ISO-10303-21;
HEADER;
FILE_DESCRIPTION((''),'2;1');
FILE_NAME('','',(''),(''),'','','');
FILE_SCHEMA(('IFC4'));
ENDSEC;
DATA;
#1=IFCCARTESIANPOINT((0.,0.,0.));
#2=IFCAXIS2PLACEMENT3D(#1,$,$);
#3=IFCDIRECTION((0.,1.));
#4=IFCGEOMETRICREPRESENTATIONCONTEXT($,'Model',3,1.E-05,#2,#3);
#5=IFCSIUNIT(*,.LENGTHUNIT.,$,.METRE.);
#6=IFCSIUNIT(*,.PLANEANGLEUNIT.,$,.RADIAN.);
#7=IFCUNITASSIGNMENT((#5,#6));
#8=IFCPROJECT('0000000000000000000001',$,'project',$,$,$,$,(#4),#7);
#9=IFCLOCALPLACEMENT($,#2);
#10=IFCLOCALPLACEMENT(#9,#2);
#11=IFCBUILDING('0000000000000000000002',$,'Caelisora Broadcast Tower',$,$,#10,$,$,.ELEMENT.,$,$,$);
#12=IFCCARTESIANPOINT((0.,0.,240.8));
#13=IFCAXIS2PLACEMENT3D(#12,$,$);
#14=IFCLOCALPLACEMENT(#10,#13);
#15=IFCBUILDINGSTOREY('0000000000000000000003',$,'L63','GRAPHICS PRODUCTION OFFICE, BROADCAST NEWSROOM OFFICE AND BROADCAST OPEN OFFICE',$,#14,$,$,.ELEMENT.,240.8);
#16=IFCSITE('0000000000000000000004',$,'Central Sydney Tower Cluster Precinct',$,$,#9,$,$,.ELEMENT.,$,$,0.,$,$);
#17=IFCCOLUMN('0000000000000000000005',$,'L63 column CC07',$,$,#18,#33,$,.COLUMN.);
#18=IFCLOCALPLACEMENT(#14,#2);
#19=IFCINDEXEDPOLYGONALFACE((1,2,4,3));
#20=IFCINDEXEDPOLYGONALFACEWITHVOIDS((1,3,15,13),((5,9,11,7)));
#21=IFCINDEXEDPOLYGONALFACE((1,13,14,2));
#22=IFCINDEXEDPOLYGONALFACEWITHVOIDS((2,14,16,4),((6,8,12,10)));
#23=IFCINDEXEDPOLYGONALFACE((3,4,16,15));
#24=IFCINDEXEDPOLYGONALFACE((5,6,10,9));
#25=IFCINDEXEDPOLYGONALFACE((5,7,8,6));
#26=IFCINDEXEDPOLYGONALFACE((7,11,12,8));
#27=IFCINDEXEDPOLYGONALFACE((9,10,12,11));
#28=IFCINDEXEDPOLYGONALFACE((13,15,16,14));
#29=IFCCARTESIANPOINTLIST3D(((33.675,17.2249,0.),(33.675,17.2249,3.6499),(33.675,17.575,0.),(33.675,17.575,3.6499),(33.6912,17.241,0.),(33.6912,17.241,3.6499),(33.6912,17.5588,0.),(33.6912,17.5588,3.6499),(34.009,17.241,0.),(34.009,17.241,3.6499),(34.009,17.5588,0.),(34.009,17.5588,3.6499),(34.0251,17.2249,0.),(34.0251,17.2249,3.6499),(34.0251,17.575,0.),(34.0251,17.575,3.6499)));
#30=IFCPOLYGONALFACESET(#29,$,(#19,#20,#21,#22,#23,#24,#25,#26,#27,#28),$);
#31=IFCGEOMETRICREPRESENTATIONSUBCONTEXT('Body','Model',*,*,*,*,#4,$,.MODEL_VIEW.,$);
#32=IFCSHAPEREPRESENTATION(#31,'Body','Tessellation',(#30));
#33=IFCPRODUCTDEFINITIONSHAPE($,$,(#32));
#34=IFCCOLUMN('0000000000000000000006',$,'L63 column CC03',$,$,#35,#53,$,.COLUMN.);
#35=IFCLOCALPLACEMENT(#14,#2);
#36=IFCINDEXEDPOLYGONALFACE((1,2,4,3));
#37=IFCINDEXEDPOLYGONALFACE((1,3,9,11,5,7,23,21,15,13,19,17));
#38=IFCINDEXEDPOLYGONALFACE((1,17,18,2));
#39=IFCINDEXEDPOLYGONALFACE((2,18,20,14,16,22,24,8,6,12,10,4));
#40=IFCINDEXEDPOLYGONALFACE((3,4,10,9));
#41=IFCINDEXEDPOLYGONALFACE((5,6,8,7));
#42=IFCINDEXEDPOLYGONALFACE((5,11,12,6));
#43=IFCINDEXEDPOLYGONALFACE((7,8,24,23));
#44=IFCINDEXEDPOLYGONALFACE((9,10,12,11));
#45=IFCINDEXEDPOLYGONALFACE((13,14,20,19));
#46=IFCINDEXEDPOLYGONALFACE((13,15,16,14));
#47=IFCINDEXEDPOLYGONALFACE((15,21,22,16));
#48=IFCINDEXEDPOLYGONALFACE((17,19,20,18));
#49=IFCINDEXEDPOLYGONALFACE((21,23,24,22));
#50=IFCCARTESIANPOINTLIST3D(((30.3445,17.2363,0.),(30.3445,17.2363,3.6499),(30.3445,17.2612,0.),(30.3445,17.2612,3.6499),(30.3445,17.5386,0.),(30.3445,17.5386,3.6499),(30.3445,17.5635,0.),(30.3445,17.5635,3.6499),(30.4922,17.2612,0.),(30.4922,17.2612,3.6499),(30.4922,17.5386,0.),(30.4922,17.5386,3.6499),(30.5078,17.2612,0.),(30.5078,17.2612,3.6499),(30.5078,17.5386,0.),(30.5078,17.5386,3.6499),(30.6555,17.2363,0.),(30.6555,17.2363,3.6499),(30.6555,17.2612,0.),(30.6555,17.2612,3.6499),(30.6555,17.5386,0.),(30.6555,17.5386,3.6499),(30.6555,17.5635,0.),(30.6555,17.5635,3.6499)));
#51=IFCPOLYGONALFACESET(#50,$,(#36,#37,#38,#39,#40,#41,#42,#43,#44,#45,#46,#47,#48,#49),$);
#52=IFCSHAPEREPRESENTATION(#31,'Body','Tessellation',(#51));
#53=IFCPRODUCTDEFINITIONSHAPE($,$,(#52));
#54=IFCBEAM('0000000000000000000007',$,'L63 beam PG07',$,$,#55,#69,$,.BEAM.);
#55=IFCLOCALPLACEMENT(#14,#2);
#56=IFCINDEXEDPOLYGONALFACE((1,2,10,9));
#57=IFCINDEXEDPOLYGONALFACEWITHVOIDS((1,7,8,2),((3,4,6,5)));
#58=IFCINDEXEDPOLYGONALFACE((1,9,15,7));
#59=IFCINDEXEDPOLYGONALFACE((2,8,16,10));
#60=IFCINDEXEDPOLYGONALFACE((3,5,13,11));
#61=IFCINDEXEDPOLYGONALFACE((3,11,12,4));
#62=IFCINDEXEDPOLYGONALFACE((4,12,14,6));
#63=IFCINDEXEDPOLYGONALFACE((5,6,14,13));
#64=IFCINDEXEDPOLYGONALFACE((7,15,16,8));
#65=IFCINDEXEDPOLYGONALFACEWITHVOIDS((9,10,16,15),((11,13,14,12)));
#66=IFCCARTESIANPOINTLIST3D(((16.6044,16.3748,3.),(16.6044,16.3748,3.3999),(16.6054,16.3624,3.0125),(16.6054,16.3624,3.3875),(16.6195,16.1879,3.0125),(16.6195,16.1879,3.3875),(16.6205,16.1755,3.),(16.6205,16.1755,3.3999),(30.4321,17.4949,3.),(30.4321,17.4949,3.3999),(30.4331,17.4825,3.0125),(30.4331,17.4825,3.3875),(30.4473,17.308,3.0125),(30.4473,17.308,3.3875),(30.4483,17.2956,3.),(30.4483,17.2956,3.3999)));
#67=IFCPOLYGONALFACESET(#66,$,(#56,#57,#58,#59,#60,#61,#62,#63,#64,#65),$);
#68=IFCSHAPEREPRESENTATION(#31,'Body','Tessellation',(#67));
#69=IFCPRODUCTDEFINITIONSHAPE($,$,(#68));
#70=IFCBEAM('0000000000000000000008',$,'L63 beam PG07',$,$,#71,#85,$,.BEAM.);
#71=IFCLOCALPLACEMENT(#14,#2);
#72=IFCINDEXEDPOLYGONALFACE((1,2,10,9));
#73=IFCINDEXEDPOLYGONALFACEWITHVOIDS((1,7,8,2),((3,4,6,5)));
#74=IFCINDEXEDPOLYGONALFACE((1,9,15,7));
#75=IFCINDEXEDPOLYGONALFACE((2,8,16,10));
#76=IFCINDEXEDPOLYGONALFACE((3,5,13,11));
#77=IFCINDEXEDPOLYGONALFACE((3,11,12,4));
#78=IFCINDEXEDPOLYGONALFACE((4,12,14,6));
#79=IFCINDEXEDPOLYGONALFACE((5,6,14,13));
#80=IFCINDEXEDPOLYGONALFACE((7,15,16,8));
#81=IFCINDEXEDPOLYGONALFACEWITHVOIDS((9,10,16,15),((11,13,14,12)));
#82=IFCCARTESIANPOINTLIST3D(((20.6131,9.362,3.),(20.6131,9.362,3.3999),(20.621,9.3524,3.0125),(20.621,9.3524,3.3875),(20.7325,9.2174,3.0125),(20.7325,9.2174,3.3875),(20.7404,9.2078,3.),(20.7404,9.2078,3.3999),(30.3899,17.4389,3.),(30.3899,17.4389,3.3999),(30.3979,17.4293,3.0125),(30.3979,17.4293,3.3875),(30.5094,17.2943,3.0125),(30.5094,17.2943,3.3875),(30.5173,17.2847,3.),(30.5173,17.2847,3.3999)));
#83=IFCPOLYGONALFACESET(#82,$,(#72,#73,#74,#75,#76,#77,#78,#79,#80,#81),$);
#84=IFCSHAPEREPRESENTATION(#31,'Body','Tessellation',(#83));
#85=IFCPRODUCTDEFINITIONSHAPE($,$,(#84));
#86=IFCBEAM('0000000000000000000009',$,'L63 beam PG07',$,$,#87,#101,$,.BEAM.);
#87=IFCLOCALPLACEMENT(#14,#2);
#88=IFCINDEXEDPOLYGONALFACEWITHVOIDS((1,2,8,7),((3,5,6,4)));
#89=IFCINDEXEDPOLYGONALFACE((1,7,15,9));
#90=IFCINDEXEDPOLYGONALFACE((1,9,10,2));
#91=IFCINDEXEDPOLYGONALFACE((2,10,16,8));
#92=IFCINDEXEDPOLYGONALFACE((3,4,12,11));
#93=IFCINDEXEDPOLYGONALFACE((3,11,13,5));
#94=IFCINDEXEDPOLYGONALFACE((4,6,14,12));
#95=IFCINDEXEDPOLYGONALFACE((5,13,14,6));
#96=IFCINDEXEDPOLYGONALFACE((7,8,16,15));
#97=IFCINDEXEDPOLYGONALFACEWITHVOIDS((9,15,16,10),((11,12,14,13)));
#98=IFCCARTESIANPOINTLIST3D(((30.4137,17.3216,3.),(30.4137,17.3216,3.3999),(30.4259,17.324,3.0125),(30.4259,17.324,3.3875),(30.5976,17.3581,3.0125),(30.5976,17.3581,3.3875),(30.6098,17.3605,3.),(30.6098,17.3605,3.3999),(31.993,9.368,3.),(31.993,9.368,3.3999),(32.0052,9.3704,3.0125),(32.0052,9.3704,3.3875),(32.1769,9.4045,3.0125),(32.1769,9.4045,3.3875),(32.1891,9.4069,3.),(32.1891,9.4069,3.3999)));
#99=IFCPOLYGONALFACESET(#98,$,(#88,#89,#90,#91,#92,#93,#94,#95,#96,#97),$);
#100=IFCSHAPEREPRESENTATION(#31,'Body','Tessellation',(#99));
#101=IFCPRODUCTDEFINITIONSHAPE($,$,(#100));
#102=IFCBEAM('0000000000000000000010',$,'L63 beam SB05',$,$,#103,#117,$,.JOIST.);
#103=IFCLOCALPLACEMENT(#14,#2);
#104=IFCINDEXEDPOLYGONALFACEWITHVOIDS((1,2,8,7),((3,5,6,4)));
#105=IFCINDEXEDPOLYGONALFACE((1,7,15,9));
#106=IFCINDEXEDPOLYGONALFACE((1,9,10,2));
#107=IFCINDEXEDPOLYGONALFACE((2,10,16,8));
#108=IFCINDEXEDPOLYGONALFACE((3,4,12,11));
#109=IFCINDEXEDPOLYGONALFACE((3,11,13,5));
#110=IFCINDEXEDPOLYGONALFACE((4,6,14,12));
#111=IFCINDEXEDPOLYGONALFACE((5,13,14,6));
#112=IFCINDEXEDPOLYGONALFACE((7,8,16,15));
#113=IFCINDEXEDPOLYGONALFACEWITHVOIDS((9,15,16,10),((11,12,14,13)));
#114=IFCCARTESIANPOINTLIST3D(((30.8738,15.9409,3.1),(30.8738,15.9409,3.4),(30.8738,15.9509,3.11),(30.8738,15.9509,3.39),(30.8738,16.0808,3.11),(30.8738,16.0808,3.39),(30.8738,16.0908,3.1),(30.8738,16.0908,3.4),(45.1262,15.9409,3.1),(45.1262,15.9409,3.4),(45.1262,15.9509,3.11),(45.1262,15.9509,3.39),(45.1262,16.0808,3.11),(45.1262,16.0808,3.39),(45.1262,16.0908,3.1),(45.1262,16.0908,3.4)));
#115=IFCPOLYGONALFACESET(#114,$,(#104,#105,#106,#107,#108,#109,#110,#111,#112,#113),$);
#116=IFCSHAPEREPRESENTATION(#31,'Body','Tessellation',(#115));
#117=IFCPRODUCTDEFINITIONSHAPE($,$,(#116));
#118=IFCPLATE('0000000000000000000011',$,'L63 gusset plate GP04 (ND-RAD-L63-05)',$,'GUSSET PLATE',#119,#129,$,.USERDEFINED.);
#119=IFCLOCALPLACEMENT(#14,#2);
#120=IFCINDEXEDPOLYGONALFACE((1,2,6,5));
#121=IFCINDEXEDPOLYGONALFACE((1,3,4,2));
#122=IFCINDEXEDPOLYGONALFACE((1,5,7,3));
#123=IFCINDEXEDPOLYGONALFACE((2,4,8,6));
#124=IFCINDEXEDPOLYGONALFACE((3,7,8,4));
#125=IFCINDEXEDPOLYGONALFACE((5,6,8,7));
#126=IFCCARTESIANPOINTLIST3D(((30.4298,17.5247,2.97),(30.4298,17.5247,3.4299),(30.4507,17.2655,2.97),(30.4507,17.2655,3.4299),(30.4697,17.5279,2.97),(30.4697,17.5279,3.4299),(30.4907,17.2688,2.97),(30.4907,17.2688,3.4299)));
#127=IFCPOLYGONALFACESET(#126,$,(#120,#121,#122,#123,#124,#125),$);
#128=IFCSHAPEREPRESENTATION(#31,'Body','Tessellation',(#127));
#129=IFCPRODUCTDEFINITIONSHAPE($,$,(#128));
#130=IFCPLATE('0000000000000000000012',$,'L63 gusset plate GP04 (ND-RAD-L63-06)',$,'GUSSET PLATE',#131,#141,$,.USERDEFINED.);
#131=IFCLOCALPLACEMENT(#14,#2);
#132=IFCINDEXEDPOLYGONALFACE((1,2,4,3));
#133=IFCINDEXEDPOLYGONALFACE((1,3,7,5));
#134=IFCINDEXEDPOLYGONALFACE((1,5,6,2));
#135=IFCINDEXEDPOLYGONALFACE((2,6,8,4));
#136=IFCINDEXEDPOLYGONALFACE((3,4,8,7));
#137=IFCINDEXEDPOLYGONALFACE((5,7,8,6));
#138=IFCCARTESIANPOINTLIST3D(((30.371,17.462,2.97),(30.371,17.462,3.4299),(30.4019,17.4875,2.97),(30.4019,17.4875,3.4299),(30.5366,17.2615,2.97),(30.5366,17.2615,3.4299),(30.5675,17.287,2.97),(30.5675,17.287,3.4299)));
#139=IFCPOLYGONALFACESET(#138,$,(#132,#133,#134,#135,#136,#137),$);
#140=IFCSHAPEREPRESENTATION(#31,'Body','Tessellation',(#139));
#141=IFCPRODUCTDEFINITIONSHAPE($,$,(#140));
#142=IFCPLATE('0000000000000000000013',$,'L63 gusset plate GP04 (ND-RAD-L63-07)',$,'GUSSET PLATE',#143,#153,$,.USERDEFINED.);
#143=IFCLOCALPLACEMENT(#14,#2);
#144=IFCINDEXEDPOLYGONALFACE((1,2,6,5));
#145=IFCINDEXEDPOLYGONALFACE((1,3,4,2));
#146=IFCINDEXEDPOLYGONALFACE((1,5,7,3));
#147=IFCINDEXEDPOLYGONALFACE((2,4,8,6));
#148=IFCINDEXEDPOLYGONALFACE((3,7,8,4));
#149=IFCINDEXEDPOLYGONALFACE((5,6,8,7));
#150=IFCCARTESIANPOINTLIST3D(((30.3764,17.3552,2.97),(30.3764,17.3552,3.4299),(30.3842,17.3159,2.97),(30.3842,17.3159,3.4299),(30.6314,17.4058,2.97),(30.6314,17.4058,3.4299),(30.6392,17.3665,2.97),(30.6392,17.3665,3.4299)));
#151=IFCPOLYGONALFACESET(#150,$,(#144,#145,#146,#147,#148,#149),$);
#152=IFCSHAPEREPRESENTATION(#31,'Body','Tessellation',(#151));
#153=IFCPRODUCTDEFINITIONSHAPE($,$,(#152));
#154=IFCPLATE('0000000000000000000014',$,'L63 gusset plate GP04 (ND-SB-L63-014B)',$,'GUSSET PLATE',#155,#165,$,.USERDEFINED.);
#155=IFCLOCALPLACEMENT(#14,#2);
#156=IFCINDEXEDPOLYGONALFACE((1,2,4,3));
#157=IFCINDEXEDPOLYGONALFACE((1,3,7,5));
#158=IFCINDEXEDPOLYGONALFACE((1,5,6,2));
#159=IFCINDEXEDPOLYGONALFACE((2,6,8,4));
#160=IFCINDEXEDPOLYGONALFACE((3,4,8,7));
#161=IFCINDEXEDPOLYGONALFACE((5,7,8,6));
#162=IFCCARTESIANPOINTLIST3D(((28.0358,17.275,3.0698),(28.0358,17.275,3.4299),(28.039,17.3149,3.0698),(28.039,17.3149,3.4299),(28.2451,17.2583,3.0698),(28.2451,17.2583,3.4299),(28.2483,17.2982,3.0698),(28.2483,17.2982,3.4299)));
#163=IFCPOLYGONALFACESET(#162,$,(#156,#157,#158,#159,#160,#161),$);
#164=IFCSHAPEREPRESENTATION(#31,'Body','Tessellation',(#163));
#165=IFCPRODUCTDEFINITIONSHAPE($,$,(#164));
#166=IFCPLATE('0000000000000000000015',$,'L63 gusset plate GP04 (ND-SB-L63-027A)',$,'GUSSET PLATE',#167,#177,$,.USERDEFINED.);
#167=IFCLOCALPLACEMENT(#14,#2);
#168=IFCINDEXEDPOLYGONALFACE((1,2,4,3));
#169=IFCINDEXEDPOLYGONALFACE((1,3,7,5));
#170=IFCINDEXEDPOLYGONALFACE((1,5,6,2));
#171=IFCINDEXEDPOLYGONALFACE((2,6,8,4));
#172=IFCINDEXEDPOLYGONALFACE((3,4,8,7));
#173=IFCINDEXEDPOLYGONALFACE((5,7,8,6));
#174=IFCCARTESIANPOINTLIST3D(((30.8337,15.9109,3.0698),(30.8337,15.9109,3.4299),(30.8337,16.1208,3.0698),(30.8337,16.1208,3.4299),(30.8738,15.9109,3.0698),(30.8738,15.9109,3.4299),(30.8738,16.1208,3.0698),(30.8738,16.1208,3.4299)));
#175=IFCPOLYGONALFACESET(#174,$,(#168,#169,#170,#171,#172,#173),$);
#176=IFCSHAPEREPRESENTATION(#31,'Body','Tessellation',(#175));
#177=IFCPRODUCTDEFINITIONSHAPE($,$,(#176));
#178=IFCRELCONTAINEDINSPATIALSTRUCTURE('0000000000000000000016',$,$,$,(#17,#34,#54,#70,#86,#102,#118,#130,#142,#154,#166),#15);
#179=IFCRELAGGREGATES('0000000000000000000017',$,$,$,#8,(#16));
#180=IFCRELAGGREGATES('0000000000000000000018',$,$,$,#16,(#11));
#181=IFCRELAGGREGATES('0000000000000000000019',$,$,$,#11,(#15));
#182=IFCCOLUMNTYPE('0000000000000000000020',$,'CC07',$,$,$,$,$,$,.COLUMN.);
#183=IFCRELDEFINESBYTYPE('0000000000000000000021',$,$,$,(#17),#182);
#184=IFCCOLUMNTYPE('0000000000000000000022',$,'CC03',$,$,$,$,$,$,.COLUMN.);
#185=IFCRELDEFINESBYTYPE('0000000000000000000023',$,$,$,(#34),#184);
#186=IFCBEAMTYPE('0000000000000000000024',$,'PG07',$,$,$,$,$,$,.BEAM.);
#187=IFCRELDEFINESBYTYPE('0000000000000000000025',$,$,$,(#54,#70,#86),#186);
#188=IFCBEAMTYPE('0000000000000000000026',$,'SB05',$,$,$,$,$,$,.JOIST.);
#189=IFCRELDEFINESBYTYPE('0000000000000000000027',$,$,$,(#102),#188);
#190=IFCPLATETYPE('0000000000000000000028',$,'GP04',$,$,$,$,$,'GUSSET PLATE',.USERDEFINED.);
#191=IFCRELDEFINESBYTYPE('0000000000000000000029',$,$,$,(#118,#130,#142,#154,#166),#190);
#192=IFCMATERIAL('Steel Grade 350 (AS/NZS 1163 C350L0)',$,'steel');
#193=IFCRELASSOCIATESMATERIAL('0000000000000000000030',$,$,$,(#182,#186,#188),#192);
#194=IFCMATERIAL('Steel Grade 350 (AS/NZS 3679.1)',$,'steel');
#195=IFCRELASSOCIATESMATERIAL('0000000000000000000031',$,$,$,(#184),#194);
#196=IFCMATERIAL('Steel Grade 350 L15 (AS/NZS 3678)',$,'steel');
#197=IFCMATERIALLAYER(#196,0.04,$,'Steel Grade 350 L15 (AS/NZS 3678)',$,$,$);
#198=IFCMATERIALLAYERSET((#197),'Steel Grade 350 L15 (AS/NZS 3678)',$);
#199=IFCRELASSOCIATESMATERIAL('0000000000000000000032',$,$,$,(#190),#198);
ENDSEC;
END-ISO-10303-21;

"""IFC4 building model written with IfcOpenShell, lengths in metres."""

from ifc_helpers import new_model, si_unit, direction, frame, origin, origin_2d, place, context, subcontext, project, spatial, rectangle, hollow_rectangle, i_section, extrude, source, transform, mapped, material, layer, layer_set, material_profile, profile_set, type_object, type_shapes, element, save


model = new_model("IFC4")

# Units and contexts
model_context = context("Model", 3, precision=1e-05, world=origin(), true_north=direction((0.0, 1.0)))
body_context = subcontext(model_context, "Body", "Model", "MODEL_VIEW")
ifc_project = project(units=[si_unit("LENGTHUNIT", "METRE"), si_unit("PLANEANGLEUNIT", "RADIAN")], contexts=[model_context])

# Site, building, storey
site_placement = place(None, origin())
site = spatial("IfcSite", under=ifc_project, at=site_placement, Name="Central Sydney Tower Cluster Precinct", CompositionType="ELEMENT", RefElevation=0.0)
building_placement = place(site_placement, origin())
building = spatial("IfcBuilding", under=site, at=building_placement, Name="Caelisora Broadcast Tower", CompositionType="ELEMENT")
storey_placement = place(building_placement, frame((0.0, 0.0, 240.8)))
storey = spatial("IfcBuildingStorey", under=building, at=storey_placement, Name="L63", Description="GRAPHICS PRODUCTION OFFICE, BROADCAST NEWSROOM OFFICE AND BROADCAST OPEN OFFICE", CompositionType="ELEMENT", Elevation=240.8)

# Columns
ifc_material_1 = material(Name="Steel Grade 350 (AS/NZS 1163 C350L0)", Category="steel")
ifc_material_profile_1 = material_profile(ifc_material_1, hollow_rectangle(XDim=0.3501, YDim=0.3501, WallThickness=0.0161, at=origin_2d()), Name="Steel Grade 350 (AS/NZS 1163 C350L0)")
ifc_profile_set_1 = profile_set([ifc_material_profile_1], Name="Steel Grade 350 (AS/NZS 1163 C350L0)")
column_type_1 = type_object("IfcColumnType", Name="CC07", PredefinedType="COLUMN", material=ifc_profile_set_1)
shared_shape_1 = source(origin(), body_context, "Body", "SweptSolid", [
    extrude(hollow_rectangle(XDim=0.3501, YDim=0.3501, WallThickness=0.0161, at=origin_2d()), origin(), (0.0, 0.0, 1.0), 3.6499),
])
type_shapes(column_type_1, [shared_shape_1])
column_1_placement = place(storey_placement, frame((33.8501, 17.3999, 0.0), z_axis=(0.0, 0.0, 1.0), x_axis=(1.0, 0.0, 0.0)))
element("IfcColumn", 1, at=column_1_placement, inside=storey, type_object=column_type_1, Name="L63 column CC07", PredefinedType="COLUMN", context=body_context, shape_type="MappedRepresentation", body=[
    mapped(shared_shape_1, transform((0.0, 0.0, 0.0), scale=1.0)),
])
ifc_material_2 = material(Name="Steel Grade 350 (AS/NZS 3679.1)", Category="steel")
ifc_material_profile_2 = material_profile(ifc_material_2, i_section(OverallWidth=0.311, OverallDepth=0.3271, WebThickness=0.0156, FlangeThickness=0.0249, at=origin_2d()), Name="Steel Grade 350 (AS/NZS 3679.1)")
ifc_profile_set_2 = profile_set([ifc_material_profile_2], Name="Steel Grade 350 (AS/NZS 3679.1)")
column_type_2 = type_object("IfcColumnType", Name="CC03", PredefinedType="COLUMN", material=ifc_profile_set_2)
shared_shape_2 = source(origin(), body_context, "Body", "SweptSolid", [
    extrude(i_section(OverallWidth=0.311, OverallDepth=0.3271, WebThickness=0.0156, FlangeThickness=0.0249, at=origin_2d()), origin(), (0.0, 0.0, 1.0), 3.6499),
])
type_shapes(column_type_2, [shared_shape_2])
column_2_placement = place(storey_placement, frame((30.5, 17.3999, 0.0), z_axis=(0.0, 0.0, 1.0), x_axis=(1.0, 0.0, 0.0)))
element("IfcColumn", 2, at=column_2_placement, inside=storey, type_object=column_type_2, Name="L63 column CC03", PredefinedType="COLUMN", context=body_context, shape_type="MappedRepresentation", body=[
    mapped(shared_shape_2, transform((0.0, 0.0, 0.0), scale=1.0)),
])

# Beams
ifc_material_profile_3 = material_profile(ifc_material_1, hollow_rectangle(XDim=0.2, YDim=0.3999, WallThickness=0.0125, at=origin_2d()), Name="Steel Grade 350 (AS/NZS 1163 C350L0)")
ifc_profile_set_3 = profile_set([ifc_material_profile_3], Name="Steel Grade 350 (AS/NZS 1163 C350L0)")
beam_type_1 = type_object("IfcBeamType", Name="PG07", PredefinedType="BEAM", material=ifc_profile_set_3)
shared_shape_3 = source(origin(), body_context, "Body", "SweptSolid", [
    extrude(hollow_rectangle(XDim=0.2, YDim=0.3999, WallThickness=0.0125, at=origin_2d()), origin(), (0.0, 0.0, 1.0), 13.873),
])
beam_1_placement = place(storey_placement, frame((30.4402, 17.3953, 3.2), z_axis=(-0.996735, -0.080741, 0.0), x_axis=(0.080741, -0.996735, 0.0)))
element("IfcBeam", 3, at=beam_1_placement, inside=storey, type_object=beam_type_1, Name="L63 beam PG07", PredefinedType="BEAM", context=body_context, shape_type="MappedRepresentation", body=[
    mapped(shared_shape_3, transform((0.0, 0.0, 0.0), scale=1.0)),
])
shared_shape_4 = source(origin(), body_context, "Body", "SweptSolid", [
    extrude(hollow_rectangle(XDim=0.2, YDim=0.3999, WallThickness=0.0125, at=origin_2d()), origin(), (0.0, 0.0, 1.0), 12.6816),
])
beam_2_placement = place(storey_placement, frame((30.4536, 17.3618, 3.2), z_axis=(-0.770947, -0.636899, 0.0), x_axis=(0.636899, -0.770947, 0.0)))
element("IfcBeam", 4, at=beam_2_placement, inside=storey, type_object=beam_type_1, Name="L63 beam PG07", PredefinedType="BEAM", context=body_context, shape_type="MappedRepresentation", body=[
    mapped(shared_shape_4, transform((0.0, 0.0, 0.0), scale=1.0)),
])
shared_shape_5 = source(origin(), body_context, "Body", "SweptSolid", [
    extrude(hollow_rectangle(XDim=0.2, YDim=0.3999, WallThickness=0.0125, at=origin_2d()), origin(), (0.0, 0.0, 1.0), 8.1089),
])
type_shapes(beam_type_1, [shared_shape_3, shared_shape_4, shared_shape_5])
beam_3_placement = place(storey_placement, frame((30.5117, 17.3411, 3.2), z_axis=(0.194767, -0.98085, 0.0), x_axis=(0.98085, 0.194767, 0.0)))
element("IfcBeam", 5, at=beam_3_placement, inside=storey, type_object=beam_type_1, Name="L63 beam PG07", PredefinedType="BEAM", context=body_context, shape_type="MappedRepresentation", body=[
    mapped(shared_shape_5, transform((0.0, 0.0, 0.0), scale=1.0)),
])
ifc_material_profile_4 = material_profile(ifc_material_1, hollow_rectangle(XDim=0.1499, YDim=0.3, WallThickness=0.01, at=origin_2d()), Name="Steel Grade 350 (AS/NZS 1163 C350L0)")
ifc_profile_set_4 = profile_set([ifc_material_profile_4], Name="Steel Grade 350 (AS/NZS 1163 C350L0)")
beam_type_2 = type_object("IfcBeamType", Name="SB05", PredefinedType="JOIST", material=ifc_profile_set_4)
shared_shape_6 = source(origin(), body_context, "Body", "SweptSolid", [
    extrude(hollow_rectangle(XDim=0.1499, YDim=0.3, WallThickness=0.01, at=origin_2d()), origin(), (0.0, 0.0, 1.0), 14.2524),
])
type_shapes(beam_type_2, [shared_shape_6])
beam_4_placement = place(storey_placement, frame((30.8738, 16.0159, 3.25), z_axis=(1.0, 0.0, 0.0), x_axis=(0.0, 1.0, 0.0)))
element("IfcBeam", 6, at=beam_4_placement, inside=storey, type_object=beam_type_2, Name="L63 beam SB05", PredefinedType="JOIST", context=body_context, shape_type="MappedRepresentation", body=[
    mapped(shared_shape_6, transform((0.0, 0.0, 0.0), scale=1.0)),
])

# Plates
ifc_material_3 = material(Name="Steel Grade 350 L15 (AS/NZS 3678)", Category="steel")
ifc_layer_1 = layer(ifc_material_3, 0.04, Name="Steel Grade 350 L15 (AS/NZS 3678)")
ifc_layer_set_1 = layer_set([ifc_layer_1], Name="Steel Grade 350 L15 (AS/NZS 3678)")
plate_type = type_object("IfcPlateType", Name="GP04", ElementType="GUSSET PLATE", PredefinedType="USERDEFINED", material=ifc_layer_set_1)
shared_shape_7 = source(origin(), body_context, "Body", "SweptSolid", [
    extrude(rectangle(XDim=0.26, YDim=0.04, at=origin_2d()), origin(), (0.0, 0.0, 1.0), 0.46),
])
for number, where, z_axis, x_axis, name in (
    (7, (30.4602, 17.3967, 2.97), (0.0, 0.0, 1.0), (0.080721, -0.996737, 0.0), "L63 gusset plate GP04 (ND-RAD-L63-05)"),
    (8, (30.4692, 17.3745, 2.97), (0.0, 0.0, 1.0), (0.636886, -0.770958, 0.0), "L63 gusset plate GP04 (ND-RAD-L63-06)"),
    (9, (30.5078, 17.3608, 2.97), (0.0, 0.0, 1.0), (0.980853, 0.194748, 0.0), "L63 gusset plate GP04 (ND-RAD-L63-07)"),
):
    element("IfcPlate", number, at=place(storey_placement, frame(where, z_axis=z_axis, x_axis=x_axis)), inside=storey, type_object=plate_type, Name=name, ObjectType="GUSSET PLATE", PredefinedType="USERDEFINED", context=body_context, shape_type="MappedRepresentation", body=[
        mapped(shared_shape_7, transform((0.0, 0.0, 0.0), scale=1.0)),
    ])
shared_shape_8 = source(origin(), body_context, "Body", "SweptSolid", [
    extrude(rectangle(XDim=0.21, YDim=0.04, at=origin_2d()), origin(), (0.0, 0.0, 1.0), 0.3601),
])
type_shapes(plate_type, [shared_shape_7, shared_shape_8])
for number, where, z_axis, x_axis, name in (
    (10, (28.1421, 17.2866, 3.0698), (0.0, 0.0, 1.0), (0.996821, -0.079677, 0.0), "L63 gusset plate GP04 (ND-SB-L63-014B)"),
    (11, (30.8538, 16.0159, 3.0698), (0.0, 0.0, 1.0), (0.0, 1.0, 0.0), "L63 gusset plate GP04 (ND-SB-L63-027A)"),
):
    element("IfcPlate", number, at=place(storey_placement, frame(where, z_axis=z_axis, x_axis=x_axis)), inside=storey, type_object=plate_type, Name=name, ObjectType="GUSSET PLATE", PredefinedType="USERDEFINED", context=body_context, shape_type="MappedRepresentation", body=[
        mapped(shared_shape_8, transform((0.0, 0.0, 0.0), scale=1.0)),
    ])

save(model, "model.ifc")
